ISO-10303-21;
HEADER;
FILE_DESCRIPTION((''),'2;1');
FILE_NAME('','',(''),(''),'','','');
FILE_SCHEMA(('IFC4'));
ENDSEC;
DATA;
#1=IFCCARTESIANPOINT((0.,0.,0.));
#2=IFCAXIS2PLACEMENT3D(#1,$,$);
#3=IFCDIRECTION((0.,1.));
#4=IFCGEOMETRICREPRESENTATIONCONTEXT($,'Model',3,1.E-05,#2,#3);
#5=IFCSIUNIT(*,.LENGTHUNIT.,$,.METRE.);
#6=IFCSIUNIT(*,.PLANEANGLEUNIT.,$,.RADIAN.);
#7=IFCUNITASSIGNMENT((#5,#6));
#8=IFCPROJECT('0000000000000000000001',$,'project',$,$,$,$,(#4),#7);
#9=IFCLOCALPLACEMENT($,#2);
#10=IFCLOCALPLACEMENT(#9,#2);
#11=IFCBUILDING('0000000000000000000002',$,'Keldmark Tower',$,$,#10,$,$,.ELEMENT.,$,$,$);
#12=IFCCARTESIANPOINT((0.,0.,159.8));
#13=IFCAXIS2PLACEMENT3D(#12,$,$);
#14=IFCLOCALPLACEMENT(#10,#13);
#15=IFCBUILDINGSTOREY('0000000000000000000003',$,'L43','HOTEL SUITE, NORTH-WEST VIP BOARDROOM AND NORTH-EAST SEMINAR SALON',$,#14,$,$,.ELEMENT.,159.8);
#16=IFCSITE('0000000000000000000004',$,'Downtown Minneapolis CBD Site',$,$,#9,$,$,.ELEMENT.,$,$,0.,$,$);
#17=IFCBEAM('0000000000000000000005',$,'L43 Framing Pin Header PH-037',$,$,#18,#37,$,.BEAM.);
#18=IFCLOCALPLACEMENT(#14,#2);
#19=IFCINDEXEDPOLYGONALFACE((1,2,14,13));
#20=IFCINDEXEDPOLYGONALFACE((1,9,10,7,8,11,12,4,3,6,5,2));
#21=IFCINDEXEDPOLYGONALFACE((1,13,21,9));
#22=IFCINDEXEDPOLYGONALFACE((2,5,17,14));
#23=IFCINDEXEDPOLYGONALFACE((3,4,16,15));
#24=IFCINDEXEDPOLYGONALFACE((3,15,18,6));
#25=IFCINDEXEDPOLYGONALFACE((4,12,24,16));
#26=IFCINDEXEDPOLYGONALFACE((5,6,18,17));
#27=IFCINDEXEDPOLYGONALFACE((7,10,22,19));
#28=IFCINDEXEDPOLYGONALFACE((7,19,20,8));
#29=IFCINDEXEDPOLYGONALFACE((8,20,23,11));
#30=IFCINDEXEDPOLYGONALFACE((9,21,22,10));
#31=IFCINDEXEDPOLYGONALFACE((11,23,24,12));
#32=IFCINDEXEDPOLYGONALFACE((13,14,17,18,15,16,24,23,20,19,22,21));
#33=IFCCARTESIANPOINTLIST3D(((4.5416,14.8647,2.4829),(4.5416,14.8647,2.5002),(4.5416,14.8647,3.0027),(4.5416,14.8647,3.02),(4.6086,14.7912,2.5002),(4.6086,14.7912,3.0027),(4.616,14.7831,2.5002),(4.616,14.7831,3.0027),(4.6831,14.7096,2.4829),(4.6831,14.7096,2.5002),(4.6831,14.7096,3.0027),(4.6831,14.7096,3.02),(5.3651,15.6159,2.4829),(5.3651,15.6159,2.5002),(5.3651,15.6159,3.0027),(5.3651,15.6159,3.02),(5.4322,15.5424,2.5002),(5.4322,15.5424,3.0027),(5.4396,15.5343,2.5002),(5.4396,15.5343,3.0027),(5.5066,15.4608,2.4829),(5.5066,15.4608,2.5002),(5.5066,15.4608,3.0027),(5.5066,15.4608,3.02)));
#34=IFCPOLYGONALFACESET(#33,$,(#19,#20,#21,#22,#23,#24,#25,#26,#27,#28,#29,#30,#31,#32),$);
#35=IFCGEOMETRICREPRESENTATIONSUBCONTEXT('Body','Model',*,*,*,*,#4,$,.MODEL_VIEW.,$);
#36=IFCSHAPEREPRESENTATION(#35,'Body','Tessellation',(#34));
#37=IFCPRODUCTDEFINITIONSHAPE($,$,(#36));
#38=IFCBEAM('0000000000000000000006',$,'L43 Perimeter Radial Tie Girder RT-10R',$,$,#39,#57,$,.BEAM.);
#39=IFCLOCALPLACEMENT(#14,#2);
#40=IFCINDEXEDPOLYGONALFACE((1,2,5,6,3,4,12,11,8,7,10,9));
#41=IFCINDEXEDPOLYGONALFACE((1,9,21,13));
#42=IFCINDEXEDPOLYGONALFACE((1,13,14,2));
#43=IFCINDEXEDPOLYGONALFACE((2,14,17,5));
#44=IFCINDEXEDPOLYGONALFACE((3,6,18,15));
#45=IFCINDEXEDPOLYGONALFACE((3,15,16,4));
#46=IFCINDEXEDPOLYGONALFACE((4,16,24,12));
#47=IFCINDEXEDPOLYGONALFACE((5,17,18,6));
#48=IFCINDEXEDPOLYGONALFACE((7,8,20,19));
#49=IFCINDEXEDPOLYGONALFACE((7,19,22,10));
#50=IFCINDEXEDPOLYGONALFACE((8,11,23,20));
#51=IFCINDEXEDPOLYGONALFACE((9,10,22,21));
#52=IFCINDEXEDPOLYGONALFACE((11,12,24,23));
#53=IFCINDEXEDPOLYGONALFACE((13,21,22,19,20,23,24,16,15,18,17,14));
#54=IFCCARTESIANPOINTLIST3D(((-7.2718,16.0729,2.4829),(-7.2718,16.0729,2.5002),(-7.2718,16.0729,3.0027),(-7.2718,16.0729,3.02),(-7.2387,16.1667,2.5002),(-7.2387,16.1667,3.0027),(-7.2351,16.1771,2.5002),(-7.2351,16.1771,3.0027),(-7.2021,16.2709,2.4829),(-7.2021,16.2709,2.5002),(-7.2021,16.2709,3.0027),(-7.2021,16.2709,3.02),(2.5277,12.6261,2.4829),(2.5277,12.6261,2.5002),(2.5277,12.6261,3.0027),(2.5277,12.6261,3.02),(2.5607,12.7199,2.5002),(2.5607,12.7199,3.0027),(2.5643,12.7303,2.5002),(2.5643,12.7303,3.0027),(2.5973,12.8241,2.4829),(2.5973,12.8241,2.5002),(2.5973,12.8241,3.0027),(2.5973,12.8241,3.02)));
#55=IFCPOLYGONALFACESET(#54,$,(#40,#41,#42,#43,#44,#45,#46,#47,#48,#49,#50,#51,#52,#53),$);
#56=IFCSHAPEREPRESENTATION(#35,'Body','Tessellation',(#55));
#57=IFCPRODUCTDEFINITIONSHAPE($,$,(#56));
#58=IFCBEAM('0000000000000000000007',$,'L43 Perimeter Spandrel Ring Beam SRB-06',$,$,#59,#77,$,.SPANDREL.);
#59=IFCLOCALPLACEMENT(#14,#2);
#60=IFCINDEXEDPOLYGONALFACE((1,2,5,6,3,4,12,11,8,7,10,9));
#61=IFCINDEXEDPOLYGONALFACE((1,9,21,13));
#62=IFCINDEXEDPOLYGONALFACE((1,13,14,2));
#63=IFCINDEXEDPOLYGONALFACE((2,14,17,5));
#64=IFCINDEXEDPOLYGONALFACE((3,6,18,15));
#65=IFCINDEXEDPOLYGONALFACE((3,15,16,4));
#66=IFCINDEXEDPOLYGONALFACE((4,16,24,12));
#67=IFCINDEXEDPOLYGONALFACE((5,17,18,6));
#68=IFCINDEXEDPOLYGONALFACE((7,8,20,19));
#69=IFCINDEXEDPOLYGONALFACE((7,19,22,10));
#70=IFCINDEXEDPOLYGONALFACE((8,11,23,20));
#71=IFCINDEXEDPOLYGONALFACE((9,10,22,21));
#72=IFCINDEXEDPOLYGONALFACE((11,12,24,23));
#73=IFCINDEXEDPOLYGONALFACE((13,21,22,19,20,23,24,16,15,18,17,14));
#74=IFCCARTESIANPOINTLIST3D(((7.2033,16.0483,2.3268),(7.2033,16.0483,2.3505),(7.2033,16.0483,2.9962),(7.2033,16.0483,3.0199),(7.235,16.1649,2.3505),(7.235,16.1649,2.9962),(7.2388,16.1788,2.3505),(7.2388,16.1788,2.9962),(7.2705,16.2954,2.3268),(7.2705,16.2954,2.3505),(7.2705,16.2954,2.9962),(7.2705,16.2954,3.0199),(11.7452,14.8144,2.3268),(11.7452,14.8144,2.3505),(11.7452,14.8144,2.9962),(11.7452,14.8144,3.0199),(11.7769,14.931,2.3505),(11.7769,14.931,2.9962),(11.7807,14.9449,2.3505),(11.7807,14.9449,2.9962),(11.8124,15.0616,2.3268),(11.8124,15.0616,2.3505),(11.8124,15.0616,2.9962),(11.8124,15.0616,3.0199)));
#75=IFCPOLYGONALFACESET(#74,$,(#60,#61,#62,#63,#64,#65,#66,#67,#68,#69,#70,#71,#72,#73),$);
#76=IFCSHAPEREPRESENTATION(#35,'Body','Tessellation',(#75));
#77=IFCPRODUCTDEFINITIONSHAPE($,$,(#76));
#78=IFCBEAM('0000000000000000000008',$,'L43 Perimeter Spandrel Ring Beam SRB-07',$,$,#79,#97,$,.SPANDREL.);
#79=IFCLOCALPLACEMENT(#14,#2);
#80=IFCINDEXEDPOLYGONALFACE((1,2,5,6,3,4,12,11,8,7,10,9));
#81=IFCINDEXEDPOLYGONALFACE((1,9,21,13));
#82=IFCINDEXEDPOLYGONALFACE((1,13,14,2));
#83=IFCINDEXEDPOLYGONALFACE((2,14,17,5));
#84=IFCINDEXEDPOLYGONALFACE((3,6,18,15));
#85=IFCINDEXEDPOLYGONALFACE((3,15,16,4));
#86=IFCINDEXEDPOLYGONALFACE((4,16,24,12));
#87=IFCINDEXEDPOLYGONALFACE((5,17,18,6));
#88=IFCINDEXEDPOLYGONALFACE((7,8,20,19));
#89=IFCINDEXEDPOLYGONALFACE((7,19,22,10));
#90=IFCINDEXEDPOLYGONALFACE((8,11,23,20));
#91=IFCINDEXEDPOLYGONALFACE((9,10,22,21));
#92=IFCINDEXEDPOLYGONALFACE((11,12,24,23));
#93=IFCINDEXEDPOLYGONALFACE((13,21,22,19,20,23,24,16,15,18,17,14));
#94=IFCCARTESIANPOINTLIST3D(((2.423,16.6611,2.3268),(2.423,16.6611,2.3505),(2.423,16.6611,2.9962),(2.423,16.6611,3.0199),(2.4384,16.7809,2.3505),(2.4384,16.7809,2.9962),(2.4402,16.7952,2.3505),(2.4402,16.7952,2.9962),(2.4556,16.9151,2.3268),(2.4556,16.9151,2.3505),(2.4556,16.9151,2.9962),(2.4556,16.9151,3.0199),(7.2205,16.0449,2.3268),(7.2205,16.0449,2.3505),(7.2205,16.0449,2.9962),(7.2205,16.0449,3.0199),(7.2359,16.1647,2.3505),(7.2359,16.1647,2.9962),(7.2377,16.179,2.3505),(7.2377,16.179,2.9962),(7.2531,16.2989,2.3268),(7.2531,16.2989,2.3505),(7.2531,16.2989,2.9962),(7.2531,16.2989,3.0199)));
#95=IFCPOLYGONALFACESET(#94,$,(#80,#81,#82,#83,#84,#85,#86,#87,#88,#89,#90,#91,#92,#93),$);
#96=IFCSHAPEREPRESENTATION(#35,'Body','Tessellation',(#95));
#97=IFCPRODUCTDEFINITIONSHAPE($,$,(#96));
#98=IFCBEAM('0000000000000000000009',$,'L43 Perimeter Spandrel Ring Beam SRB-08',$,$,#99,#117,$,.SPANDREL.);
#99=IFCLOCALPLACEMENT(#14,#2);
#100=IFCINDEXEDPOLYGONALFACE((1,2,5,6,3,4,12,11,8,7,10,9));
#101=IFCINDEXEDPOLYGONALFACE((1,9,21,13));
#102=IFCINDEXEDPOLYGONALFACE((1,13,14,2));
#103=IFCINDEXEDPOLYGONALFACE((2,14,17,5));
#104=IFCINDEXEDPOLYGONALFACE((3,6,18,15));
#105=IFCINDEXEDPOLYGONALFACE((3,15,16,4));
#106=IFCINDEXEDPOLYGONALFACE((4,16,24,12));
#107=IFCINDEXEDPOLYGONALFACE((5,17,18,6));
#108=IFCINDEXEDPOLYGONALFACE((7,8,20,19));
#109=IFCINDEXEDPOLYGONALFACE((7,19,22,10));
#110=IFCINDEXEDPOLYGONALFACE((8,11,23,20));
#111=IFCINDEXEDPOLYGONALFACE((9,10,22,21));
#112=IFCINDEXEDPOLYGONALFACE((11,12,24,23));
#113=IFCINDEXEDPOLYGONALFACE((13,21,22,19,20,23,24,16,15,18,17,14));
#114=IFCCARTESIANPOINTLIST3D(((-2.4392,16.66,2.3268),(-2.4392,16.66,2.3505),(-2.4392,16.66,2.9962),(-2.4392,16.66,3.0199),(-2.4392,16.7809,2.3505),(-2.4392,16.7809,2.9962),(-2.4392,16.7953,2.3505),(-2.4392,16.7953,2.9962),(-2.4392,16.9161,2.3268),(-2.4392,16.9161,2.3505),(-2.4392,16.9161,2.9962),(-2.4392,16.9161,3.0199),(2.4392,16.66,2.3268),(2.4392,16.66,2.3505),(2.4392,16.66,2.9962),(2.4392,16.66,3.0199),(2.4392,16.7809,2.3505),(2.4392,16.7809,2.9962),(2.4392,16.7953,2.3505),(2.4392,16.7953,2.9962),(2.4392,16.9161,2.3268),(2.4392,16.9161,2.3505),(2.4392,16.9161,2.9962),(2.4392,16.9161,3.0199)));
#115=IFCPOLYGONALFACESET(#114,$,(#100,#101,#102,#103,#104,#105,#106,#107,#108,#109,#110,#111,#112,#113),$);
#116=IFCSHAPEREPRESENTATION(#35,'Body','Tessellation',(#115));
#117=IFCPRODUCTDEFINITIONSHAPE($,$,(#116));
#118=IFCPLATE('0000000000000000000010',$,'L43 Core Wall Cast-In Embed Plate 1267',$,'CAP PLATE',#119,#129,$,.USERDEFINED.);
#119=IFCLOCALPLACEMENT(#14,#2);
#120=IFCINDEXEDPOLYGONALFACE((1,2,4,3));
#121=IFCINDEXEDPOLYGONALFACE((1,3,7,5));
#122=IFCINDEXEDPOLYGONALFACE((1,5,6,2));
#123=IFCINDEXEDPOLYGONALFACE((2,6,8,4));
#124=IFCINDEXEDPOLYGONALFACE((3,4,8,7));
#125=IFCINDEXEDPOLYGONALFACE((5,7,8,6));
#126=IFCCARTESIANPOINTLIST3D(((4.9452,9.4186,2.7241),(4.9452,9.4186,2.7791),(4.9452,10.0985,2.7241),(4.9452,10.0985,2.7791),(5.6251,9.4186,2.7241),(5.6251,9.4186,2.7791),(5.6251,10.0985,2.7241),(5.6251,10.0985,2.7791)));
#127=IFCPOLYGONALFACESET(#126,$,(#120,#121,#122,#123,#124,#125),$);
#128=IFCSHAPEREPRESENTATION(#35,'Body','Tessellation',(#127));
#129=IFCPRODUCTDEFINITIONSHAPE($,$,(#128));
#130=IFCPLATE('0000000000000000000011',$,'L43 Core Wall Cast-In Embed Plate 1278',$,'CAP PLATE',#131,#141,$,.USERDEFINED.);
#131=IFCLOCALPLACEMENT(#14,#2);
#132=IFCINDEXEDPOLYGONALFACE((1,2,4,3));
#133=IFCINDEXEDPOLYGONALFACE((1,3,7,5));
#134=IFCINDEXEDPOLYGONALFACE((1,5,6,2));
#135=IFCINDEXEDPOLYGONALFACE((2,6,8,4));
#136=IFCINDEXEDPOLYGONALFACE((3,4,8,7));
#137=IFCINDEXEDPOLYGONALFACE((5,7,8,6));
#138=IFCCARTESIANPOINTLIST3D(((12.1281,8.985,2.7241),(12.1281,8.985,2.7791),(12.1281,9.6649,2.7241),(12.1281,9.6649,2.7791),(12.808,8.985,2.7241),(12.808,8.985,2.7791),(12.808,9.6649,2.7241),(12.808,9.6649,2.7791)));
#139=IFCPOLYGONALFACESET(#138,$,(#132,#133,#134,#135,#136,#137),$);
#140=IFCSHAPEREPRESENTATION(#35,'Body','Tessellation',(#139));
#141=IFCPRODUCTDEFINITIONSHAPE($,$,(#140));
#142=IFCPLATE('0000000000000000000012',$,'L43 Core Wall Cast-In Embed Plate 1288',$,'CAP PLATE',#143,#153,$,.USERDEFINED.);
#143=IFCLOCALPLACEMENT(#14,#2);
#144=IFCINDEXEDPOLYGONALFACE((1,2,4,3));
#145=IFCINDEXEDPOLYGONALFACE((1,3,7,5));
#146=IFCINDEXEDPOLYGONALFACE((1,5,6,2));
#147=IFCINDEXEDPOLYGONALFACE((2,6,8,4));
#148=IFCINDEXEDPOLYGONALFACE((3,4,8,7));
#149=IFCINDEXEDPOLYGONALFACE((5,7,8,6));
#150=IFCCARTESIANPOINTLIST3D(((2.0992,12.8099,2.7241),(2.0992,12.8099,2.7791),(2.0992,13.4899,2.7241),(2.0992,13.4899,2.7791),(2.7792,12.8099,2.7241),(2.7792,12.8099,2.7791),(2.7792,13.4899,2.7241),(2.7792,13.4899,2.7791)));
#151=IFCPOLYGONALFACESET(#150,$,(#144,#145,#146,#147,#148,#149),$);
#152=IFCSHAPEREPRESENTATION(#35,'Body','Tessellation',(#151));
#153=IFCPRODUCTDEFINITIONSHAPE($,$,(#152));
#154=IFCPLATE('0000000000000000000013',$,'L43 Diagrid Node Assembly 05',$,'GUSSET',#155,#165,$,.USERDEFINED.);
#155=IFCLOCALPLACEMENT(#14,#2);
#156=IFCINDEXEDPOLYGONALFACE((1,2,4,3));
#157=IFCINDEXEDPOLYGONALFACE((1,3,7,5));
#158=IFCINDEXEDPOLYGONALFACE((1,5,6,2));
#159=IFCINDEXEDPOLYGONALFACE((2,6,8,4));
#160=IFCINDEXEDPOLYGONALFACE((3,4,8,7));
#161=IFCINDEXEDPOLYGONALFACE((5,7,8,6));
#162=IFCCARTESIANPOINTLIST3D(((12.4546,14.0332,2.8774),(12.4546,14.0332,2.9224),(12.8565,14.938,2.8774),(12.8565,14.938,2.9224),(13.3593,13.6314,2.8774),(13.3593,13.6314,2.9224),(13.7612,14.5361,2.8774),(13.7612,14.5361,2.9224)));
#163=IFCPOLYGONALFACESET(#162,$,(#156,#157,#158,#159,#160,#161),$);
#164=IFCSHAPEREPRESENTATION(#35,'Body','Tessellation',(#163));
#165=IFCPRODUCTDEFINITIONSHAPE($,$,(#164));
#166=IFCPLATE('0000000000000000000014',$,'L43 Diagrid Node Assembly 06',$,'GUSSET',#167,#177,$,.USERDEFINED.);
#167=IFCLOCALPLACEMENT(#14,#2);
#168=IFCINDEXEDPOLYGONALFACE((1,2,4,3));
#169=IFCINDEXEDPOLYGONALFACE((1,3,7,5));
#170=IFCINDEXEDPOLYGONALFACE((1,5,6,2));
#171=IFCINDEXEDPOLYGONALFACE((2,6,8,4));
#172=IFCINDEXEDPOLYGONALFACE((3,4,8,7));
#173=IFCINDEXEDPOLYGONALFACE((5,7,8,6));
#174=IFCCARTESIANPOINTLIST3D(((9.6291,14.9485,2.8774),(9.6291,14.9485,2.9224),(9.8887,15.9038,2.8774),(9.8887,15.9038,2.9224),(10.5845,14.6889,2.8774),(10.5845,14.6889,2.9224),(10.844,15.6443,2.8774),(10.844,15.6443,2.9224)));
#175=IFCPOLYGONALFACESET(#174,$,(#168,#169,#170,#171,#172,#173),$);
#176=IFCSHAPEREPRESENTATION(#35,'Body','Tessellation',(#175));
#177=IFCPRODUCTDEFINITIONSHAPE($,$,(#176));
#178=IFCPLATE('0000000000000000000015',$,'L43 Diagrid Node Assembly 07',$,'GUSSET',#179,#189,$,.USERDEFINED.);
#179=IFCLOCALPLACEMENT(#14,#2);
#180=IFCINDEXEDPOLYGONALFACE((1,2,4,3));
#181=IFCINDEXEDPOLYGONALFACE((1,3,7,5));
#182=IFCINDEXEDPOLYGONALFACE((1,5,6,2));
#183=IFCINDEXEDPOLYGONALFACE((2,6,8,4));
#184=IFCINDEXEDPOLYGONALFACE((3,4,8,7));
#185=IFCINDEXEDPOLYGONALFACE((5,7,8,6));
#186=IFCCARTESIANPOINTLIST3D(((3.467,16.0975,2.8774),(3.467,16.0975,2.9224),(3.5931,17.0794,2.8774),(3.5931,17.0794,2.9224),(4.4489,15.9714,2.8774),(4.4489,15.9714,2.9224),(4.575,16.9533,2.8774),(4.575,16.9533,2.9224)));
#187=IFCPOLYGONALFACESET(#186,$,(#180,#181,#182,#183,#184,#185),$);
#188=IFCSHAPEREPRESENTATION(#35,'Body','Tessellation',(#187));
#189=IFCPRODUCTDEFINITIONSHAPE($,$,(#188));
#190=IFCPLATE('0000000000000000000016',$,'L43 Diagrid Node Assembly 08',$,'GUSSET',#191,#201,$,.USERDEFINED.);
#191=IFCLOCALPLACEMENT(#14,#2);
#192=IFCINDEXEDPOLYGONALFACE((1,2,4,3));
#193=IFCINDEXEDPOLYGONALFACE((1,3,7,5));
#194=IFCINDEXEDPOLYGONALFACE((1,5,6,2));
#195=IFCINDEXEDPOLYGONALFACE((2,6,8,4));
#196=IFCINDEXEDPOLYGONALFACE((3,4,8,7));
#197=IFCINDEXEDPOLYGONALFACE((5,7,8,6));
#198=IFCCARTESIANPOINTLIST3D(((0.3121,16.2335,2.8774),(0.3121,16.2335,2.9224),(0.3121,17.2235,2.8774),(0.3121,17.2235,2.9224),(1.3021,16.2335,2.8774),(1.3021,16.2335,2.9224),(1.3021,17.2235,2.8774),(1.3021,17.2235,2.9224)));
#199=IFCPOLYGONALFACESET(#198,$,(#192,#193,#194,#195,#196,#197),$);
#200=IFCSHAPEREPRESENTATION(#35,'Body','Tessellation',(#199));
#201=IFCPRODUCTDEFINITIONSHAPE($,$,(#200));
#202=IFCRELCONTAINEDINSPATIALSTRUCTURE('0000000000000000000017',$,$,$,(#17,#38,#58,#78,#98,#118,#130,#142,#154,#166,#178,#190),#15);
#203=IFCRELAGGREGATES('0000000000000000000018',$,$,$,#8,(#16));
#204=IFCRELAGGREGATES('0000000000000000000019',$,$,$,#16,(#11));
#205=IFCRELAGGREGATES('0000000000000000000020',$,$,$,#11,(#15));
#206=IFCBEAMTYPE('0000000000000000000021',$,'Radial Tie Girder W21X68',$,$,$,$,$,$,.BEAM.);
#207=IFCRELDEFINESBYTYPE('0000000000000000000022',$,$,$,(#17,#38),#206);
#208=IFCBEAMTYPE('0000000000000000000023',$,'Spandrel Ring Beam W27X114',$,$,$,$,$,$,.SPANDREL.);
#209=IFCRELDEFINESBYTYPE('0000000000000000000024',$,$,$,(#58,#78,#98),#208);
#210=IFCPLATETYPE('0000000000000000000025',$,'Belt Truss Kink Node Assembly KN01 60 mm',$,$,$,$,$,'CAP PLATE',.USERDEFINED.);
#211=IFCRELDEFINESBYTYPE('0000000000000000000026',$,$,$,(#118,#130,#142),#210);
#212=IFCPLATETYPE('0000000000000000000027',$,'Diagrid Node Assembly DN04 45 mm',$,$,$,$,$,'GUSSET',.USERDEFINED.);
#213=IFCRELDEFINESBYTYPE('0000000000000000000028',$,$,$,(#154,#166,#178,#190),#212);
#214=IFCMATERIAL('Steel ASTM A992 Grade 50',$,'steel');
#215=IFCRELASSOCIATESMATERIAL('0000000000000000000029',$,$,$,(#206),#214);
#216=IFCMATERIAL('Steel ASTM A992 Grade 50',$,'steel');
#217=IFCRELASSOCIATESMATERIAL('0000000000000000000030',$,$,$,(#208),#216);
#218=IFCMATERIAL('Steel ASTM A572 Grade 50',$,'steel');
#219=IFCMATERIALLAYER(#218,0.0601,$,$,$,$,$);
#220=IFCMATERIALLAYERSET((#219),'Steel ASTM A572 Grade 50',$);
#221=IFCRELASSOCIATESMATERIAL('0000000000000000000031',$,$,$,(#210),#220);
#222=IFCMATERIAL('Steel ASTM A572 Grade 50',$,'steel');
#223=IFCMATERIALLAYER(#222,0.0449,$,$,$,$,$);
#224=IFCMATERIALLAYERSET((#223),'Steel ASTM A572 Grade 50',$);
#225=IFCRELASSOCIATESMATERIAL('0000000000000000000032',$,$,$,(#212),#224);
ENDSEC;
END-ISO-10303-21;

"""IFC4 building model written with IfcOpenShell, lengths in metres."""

from ifc_helpers import new_model, si_unit, direction, frame, origin, origin_2d, place, context, subcontext, project, spatial, rectangle, i_section, extrude, material, layer, layer_set, material_profile, profile_set, type_object, element, save


model = new_model("IFC4")

# Units and contexts
model_context = context("Model", 3, precision=1e-05, world=origin(), true_north=direction((0.0, 1.0)))
body_context = subcontext(model_context, "Body", "Model", "MODEL_VIEW")
ifc_project = project(units=[si_unit("LENGTHUNIT", "METRE"), si_unit("PLANEANGLEUNIT", "RADIAN")], contexts=[model_context])

# Site, building, storey
site_placement = place(None, origin())
site = spatial("IfcSite", under=ifc_project, at=site_placement, Name="Downtown Minneapolis CBD Site", CompositionType="ELEMENT", RefElevation=0.0)
building_placement = place(site_placement, origin())
building = spatial("IfcBuilding", under=site, at=building_placement, Name="Keldmark Tower", CompositionType="ELEMENT")
storey_placement = place(building_placement, frame((0.0, 0.0, 159.8)))
storey = spatial("IfcBuildingStorey", under=building, at=storey_placement, Name="L43", Description="HOTEL SUITE, NORTH-WEST VIP BOARDROOM AND NORTH-EAST SEMINAR SALON", CompositionType="ELEMENT", Elevation=159.8)

# Beams
ifc_material_1 = material(Name="Steel ASTM A992 Grade 50", Category="steel")
ifc_material_profile_1 = material_profile(ifc_material_1, i_section(OverallWidth=0.21, OverallDepth=0.5371, WebThickness=0.011, FlangeThickness=0.0173, at=origin_2d()), Name="W21X68")
ifc_profile_set_1 = profile_set([ifc_material_profile_1], Name="Steel ASTM A992 Grade 50")
beam_type_1 = type_object("IfcBeamType", Name="Radial Tie Girder W21X68", PredefinedType="BEAM", material=ifc_profile_set_1)
beam_1_placement = place(storey_placement, frame((4.6123, 14.7871, 2.7515), z_axis=(0.738779, 0.673947, 0.0), x_axis=(-0.673947, 0.738779, 0.0)))
element("IfcBeam", 1, at=beam_1_placement, inside=storey, type_object=beam_type_1, Name="L43 Framing Pin Header PH-037", PredefinedType="BEAM", context=body_context, shape_type="SweptSolid", body=[
    extrude(i_section(OverallWidth=0.21, OverallDepth=0.5371, WebThickness=0.011, FlangeThickness=0.0173, at=origin_2d()), origin(), (0.0, 0.0, 1.0), 1.1147),
])
beam_2_placement = place(storey_placement, frame((2.5625, 12.7251, 2.7515), z_axis=(-0.943346, 0.331809, 0.0), x_axis=(-0.331809, -0.943346, 0.0)))
element("IfcBeam", 2, at=beam_2_placement, inside=storey, type_object=beam_type_1, Name="L43 Perimeter Radial Tie Girder RT-10R", PredefinedType="BEAM", context=body_context, shape_type="SweptSolid", body=[
    extrude(i_section(OverallWidth=0.21, OverallDepth=0.5371, WebThickness=0.011, FlangeThickness=0.0173, at=origin_2d()), origin(), (0.0, 0.0, 1.0), 10.3879),
])
ifc_material_2 = material(Name="Steel ASTM A992 Grade 50", Category="steel")
ifc_material_profile_2 = material_profile(ifc_material_2, i_section(OverallWidth=0.2561, OverallDepth=0.6931, WebThickness=0.0144, FlangeThickness=0.0237, at=origin_2d()), Name="W27X114")
ifc_profile_set_2 = profile_set([ifc_material_profile_2], Name="Steel ASTM A992 Grade 50")
beam_type_2 = type_object("IfcBeamType", Name="Spandrel Ring Beam W27X114", PredefinedType="SPANDREL", material=ifc_profile_set_2)
beam_3_placement = place(storey_placement, frame((11.7788, 14.938, 2.6733), z_axis=(-0.965024, 0.26216, 0.0), x_axis=(-0.26216, -0.965024, 0.0)))
element("IfcBeam", 3, at=beam_3_placement, inside=storey, type_object=beam_type_2, Name="L43 Perimeter Spandrel Ring Beam SRB-06", PredefinedType="SPANDREL", context=body_context, shape_type="SweptSolid", body=[
    extrude(i_section(OverallWidth=0.2561, OverallDepth=0.6931, WebThickness=0.0144, FlangeThickness=0.0237, at=origin_2d()), origin(), (0.0, 0.0, 1.0), 4.7065),
])
beam_4_placement = place(storey_placement, frame((7.2368, 16.1719, 2.6733), z_axis=(-0.991852, 0.127395, 0.0), x_axis=(-0.127395, -0.991852, 0.0)))
element("IfcBeam", 4, at=beam_4_placement, inside=storey, type_object=beam_type_2, Name="L43 Perimeter Spandrel Ring Beam SRB-07", PredefinedType="SPANDREL", context=body_context, shape_type="SweptSolid", body=[
    extrude(i_section(OverallWidth=0.2561, OverallDepth=0.6931, WebThickness=0.0144, FlangeThickness=0.0237, at=origin_2d()), origin(), (0.0, 0.0, 1.0), 4.8369),
])
beam_5_placement = place(storey_placement, frame((2.4392, 16.7881, 2.6733), z_axis=(-1.0, 0.0, 0.0), x_axis=(0.0, -1.0, 0.0)))
element("IfcBeam", 5, at=beam_5_placement, inside=storey, type_object=beam_type_2, Name="L43 Perimeter Spandrel Ring Beam SRB-08", PredefinedType="SPANDREL", context=body_context, shape_type="SweptSolid", body=[
    extrude(i_section(OverallWidth=0.2561, OverallDepth=0.6931, WebThickness=0.0144, FlangeThickness=0.0237, at=origin_2d()), origin(), (0.0, 0.0, 1.0), 4.8784),
])

# Plates
ifc_material_3 = material(Name="Steel ASTM A572 Grade 50", Category="steel")
ifc_layer_1 = layer(ifc_material_3, 0.0601)
ifc_layer_set_1 = layer_set([ifc_layer_1], Name="Steel ASTM A572 Grade 50")
plate_type_1 = type_object("IfcPlateType", Name="Belt Truss Kink Node Assembly KN01 60 mm", ElementType="CAP PLATE", PredefinedType="USERDEFINED", material=ifc_layer_set_1)
for number, where, z_axis, x_axis, name in (
    (6, (5.2852, 9.7585, 2.7241), (0.0, 0.0, 1.0), (1.0, 0.0, 0.0), "L43 Core Wall Cast-In Embed Plate 1267"),
    (7, (12.468, 9.325, 2.7241), (0.0, 0.0, 1.0), (1.0, 0.0, 0.0), "L43 Core Wall Cast-In Embed Plate 1278"),
    (8, (2.4392, 13.1499, 2.7241), (0.0, 0.0, 1.0), (1.0, 0.0, 0.0), "L43 Core Wall Cast-In Embed Plate 1288"),
):
    element("IfcPlate", number, at=place(storey_placement, frame(where, z_axis=z_axis, x_axis=x_axis)), inside=storey, type_object=plate_type_1, Name=name, ObjectType="CAP PLATE", PredefinedType="USERDEFINED", context=body_context, shape_type="SweptSolid", body=[
        extrude(rectangle(XDim=0.6799, YDim=0.6799, at=origin_2d()), origin(), (0.0, 0.0, 1.0), 0.0549),
    ])
ifc_material_4 = material(Name="Steel ASTM A572 Grade 50", Category="steel")
ifc_layer_2 = layer(ifc_material_4, 0.0449)
ifc_layer_set_2 = layer_set([ifc_layer_2], Name="Steel ASTM A572 Grade 50")
plate_type_2 = type_object("IfcPlateType", Name="Diagrid Node Assembly DN04 45 mm", ElementType="GUSSET", PredefinedType="USERDEFINED", material=ifc_layer_set_2)
for number, where, z_axis, x_axis, name in (
    (9, (13.1079, 14.2847, 2.8774), (0.0, 0.0, 1.0), (-0.9139, 0.405939, 0.0), "L43 Diagrid Node Assembly 05"),
    (10, (10.2366, 15.2964, 2.8774), (0.0, 0.0, 1.0), (-0.965016, 0.262189, 0.0), "L43 Diagrid Node Assembly 06"),
    (11, (4.021, 16.5254, 2.8774), (0.0, 0.0, 1.0), (-0.99185, 0.127411, 0.0), "L43 Diagrid Node Assembly 07"),
    (12, (0.8071, 16.7285, 2.8774), (0.0, 0.0, 1.0), (-1.0, 0.0, 0.0), "L43 Diagrid Node Assembly 08"),
):
    element("IfcPlate", number, at=place(storey_placement, frame(where, z_axis=z_axis, x_axis=x_axis)), inside=storey, type_object=plate_type_2, Name=name, ObjectType="GUSSET", PredefinedType="USERDEFINED", context=body_context, shape_type="SweptSolid", body=[
        extrude(rectangle(XDim=0.99, YDim=0.99, at=origin_2d()), origin(), (0.0, 0.0, 1.0), 0.0449),
    ])

save(model, "model.ifc")
